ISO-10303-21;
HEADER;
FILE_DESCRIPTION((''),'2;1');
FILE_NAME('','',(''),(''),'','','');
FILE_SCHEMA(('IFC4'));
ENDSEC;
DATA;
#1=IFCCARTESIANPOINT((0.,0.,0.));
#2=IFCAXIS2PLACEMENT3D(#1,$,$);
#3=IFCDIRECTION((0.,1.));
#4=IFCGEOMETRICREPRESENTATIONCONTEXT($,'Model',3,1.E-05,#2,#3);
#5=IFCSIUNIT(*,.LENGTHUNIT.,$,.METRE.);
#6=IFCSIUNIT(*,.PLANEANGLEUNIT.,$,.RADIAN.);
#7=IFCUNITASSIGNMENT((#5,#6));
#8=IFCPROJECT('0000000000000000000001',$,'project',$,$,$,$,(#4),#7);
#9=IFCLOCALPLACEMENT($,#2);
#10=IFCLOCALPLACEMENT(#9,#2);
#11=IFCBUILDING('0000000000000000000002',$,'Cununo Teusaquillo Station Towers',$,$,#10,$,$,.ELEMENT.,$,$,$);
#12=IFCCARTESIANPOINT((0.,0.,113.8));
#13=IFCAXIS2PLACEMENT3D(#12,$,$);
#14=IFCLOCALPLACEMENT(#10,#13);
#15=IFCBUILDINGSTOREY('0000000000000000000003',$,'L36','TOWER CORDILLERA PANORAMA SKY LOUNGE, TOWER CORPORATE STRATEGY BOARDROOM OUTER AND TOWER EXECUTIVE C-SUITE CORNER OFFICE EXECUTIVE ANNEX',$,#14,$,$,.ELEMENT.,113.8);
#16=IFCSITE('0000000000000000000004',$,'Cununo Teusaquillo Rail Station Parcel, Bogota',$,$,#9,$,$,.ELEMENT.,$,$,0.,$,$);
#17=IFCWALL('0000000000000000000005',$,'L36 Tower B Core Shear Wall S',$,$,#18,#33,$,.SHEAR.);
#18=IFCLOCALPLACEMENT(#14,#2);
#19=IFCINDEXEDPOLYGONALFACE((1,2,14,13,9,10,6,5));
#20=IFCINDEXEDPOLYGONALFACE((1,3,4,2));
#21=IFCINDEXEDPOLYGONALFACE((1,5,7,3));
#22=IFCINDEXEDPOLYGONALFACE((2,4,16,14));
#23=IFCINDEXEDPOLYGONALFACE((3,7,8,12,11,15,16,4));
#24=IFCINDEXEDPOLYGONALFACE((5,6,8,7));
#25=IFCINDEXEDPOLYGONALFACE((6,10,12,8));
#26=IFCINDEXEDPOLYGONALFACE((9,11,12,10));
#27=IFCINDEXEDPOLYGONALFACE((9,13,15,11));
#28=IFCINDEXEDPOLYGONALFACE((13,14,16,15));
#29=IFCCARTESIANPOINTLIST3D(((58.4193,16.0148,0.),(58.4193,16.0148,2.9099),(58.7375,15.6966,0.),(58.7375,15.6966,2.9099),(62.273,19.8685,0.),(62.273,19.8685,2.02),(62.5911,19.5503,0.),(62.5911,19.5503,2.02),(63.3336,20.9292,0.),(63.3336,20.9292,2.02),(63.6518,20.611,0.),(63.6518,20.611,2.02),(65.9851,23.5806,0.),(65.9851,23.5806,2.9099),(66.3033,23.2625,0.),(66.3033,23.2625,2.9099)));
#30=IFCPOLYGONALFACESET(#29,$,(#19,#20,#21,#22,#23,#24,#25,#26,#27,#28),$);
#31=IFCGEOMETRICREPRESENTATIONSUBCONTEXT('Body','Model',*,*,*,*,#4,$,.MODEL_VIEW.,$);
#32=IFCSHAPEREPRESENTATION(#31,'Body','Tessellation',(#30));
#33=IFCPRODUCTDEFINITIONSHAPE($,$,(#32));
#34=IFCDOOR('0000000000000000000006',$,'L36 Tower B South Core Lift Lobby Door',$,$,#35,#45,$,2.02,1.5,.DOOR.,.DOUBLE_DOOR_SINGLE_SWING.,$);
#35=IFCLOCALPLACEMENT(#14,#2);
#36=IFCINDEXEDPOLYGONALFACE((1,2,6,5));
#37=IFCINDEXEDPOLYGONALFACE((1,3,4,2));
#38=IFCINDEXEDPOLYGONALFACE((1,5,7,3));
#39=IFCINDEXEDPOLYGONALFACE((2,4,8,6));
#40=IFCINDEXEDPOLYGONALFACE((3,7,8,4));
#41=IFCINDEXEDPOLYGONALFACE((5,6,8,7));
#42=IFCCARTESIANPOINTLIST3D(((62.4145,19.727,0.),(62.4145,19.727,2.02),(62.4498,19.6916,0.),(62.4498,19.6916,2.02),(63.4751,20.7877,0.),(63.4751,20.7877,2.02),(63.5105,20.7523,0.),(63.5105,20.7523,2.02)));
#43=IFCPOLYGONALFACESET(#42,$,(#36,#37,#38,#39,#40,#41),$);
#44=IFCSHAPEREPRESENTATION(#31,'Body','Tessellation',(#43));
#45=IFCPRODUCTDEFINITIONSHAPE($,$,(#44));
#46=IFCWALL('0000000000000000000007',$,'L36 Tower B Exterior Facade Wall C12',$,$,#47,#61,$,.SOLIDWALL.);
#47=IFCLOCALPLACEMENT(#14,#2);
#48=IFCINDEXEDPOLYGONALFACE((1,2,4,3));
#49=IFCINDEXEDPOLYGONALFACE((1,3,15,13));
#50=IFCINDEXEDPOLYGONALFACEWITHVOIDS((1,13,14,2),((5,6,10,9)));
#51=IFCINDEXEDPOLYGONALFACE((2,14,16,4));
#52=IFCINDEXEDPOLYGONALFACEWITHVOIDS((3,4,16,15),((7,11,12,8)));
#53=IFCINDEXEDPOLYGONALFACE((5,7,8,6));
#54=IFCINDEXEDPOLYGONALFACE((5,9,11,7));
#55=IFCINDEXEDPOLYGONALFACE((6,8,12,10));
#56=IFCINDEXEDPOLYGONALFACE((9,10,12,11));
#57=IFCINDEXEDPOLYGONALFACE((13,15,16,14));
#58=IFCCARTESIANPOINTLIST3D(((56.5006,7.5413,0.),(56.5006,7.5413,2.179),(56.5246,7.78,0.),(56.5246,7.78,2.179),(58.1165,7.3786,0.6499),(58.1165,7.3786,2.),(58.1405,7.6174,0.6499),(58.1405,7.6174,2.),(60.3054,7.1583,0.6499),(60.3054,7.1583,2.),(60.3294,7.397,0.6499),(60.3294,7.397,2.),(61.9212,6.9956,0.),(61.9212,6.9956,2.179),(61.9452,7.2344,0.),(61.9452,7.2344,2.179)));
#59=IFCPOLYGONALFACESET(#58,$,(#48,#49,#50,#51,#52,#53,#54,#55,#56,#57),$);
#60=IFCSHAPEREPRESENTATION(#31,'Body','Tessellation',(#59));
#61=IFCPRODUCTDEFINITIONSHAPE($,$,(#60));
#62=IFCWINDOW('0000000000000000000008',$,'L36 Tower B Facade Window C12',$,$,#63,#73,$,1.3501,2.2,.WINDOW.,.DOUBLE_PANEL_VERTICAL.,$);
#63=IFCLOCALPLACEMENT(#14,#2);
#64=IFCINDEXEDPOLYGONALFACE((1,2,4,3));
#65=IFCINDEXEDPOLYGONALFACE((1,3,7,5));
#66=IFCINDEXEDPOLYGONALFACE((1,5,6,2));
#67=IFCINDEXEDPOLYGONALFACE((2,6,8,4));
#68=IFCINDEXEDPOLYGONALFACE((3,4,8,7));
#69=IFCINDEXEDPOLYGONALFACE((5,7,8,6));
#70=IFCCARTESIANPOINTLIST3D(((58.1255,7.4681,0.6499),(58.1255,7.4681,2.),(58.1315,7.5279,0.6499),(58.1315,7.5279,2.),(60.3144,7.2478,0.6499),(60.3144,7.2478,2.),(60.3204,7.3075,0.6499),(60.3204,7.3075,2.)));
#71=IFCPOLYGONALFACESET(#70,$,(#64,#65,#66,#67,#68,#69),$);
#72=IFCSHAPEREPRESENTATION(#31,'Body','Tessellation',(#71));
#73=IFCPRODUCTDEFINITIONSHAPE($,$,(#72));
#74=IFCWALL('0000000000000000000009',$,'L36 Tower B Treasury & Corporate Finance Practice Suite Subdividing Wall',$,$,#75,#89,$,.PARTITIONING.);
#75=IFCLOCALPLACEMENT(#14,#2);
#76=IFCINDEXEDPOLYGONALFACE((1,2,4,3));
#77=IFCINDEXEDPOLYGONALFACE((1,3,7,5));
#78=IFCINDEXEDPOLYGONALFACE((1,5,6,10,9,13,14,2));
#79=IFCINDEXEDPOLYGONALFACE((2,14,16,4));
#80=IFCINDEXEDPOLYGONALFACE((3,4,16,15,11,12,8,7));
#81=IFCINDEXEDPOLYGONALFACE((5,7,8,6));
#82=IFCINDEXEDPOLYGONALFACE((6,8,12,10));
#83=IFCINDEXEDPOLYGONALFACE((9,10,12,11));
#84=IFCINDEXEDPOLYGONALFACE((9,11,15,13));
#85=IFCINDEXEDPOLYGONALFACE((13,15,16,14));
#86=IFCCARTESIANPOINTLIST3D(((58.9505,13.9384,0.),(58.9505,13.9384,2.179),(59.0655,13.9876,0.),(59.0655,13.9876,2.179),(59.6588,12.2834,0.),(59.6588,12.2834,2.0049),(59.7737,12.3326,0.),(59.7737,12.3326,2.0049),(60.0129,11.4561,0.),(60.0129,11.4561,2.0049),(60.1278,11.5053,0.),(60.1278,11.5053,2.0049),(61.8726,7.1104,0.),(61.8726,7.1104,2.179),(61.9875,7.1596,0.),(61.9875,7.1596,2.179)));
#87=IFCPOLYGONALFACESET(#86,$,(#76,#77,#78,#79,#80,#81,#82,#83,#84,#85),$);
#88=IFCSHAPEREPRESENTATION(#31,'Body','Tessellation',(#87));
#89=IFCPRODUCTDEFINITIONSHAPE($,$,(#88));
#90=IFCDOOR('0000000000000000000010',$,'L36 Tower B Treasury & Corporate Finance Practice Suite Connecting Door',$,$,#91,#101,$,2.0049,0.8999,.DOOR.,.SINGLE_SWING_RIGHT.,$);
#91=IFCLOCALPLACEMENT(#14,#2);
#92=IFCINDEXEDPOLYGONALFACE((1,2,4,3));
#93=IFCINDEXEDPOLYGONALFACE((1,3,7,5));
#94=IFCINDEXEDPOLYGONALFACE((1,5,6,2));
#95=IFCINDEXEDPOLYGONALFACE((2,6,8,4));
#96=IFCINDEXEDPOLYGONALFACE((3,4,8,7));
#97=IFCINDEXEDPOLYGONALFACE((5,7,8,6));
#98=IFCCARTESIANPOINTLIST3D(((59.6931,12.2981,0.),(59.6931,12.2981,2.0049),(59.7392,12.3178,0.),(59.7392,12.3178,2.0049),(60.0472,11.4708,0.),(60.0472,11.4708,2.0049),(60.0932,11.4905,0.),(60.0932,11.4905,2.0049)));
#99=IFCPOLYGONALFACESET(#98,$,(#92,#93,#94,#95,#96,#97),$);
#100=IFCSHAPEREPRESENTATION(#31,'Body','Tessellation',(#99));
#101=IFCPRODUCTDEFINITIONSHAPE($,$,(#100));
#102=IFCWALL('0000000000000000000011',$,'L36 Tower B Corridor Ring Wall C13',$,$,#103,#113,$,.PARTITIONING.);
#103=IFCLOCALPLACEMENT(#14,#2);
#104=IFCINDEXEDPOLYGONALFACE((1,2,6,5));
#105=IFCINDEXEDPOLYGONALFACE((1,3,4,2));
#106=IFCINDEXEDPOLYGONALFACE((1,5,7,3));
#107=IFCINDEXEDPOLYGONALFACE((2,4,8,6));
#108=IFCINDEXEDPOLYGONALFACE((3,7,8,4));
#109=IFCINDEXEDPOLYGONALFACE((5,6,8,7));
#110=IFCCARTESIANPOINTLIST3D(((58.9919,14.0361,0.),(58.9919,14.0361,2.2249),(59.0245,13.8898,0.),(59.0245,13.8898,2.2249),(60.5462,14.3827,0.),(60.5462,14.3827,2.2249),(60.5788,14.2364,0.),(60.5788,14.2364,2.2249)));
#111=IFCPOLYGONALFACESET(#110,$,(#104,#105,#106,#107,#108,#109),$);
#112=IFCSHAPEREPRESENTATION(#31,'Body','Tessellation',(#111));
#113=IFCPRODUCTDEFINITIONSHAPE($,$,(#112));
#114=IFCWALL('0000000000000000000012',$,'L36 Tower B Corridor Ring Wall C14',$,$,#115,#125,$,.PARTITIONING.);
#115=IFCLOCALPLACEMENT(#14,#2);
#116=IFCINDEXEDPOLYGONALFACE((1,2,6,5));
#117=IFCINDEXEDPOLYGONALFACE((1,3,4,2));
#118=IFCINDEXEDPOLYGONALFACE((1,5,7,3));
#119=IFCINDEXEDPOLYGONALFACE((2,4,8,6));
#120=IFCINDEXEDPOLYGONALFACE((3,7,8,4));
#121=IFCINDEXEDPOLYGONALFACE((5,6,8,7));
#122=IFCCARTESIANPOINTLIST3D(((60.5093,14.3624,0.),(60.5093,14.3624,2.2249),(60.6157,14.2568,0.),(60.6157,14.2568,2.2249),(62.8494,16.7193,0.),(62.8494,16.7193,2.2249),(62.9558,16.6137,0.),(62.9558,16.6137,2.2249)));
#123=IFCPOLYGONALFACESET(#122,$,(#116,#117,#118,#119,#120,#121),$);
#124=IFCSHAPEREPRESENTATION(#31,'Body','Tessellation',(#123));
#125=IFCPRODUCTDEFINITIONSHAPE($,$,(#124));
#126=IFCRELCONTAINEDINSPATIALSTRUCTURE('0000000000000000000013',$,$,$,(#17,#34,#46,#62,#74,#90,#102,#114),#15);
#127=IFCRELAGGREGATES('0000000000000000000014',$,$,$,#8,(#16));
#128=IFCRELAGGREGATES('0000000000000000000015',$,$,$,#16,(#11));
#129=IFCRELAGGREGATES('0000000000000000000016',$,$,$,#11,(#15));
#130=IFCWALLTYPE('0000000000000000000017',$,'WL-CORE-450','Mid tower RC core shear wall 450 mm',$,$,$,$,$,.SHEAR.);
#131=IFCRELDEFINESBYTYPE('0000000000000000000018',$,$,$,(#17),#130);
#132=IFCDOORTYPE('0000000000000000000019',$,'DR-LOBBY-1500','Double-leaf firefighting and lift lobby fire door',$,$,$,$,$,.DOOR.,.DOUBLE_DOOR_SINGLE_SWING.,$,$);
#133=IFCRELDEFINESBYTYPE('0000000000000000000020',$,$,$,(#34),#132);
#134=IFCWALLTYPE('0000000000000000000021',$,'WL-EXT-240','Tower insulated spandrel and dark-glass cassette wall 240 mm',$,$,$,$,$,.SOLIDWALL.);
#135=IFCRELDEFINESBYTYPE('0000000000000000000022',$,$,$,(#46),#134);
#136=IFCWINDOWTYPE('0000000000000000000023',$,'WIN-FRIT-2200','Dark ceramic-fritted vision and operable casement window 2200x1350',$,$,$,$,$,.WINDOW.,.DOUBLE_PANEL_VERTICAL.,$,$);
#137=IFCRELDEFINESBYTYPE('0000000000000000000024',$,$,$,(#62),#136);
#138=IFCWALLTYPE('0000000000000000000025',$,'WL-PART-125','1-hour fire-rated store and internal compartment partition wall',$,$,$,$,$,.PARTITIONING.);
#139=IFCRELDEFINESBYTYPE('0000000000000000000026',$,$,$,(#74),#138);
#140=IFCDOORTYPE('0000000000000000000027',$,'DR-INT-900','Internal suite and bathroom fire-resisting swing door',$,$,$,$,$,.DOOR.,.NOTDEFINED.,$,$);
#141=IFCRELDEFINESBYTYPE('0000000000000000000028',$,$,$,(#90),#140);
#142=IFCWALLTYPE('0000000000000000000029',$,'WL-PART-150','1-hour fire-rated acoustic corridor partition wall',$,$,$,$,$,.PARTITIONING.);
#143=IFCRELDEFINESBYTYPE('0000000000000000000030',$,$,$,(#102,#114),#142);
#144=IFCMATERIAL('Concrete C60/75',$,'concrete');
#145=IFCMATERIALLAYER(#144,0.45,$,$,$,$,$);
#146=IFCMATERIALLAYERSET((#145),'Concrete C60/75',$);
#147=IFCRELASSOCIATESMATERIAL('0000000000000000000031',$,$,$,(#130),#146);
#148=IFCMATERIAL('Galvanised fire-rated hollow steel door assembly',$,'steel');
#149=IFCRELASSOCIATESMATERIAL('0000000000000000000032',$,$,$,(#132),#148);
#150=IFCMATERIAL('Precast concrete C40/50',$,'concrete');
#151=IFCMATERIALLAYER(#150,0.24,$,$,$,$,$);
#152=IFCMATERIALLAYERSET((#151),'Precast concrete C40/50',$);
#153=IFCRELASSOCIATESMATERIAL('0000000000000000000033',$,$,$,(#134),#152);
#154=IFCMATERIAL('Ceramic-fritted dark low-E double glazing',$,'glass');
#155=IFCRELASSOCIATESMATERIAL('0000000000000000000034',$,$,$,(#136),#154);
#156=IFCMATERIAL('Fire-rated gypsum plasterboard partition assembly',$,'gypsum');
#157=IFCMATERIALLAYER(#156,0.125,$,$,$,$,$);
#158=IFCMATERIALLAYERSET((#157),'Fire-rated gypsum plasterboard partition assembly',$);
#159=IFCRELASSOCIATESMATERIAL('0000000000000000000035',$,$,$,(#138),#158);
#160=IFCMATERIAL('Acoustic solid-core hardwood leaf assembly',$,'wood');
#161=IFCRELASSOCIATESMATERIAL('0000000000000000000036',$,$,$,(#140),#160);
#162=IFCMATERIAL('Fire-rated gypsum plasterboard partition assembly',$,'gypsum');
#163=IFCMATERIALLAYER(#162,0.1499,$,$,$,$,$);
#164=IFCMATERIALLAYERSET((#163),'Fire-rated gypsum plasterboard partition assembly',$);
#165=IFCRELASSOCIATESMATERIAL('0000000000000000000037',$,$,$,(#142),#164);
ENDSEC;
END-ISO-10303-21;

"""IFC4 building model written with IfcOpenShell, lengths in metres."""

from ifc_helpers import new_model, si_unit, direction, frame, frame_2d, origin, place, context, subcontext, project, spatial, rectangle, extrude, source, transform, mapped, material, layer, layer_set, type_object, element, fill, save


model = new_model("IFC4")

# Units and contexts
model_context = context("Model", 3, precision=1e-05, world=origin(), true_north=direction((0.0, 1.0)))
body_context = subcontext(model_context, "Body", "Model", "MODEL_VIEW")
ifc_project = project(units=[si_unit("LENGTHUNIT", "METRE"), si_unit("PLANEANGLEUNIT", "RADIAN")], contexts=[model_context])

# Site, building, storey
site_placement = place(None, origin())
site = spatial("IfcSite", under=ifc_project, at=site_placement, Name="Cununo Teusaquillo Rail Station Parcel, Bogota", CompositionType="ELEMENT", RefElevation=0.0)
building_placement = place(site_placement, origin())
building = spatial("IfcBuilding", under=site, at=building_placement, Name="Cununo Teusaquillo Station Towers", CompositionType="ELEMENT")
storey_placement = place(building_placement, frame((0.0, 0.0, 113.8)))
storey = spatial("IfcBuildingStorey", under=building, at=storey_placement, Name="L36", Description="TOWER CORDILLERA PANORAMA SKY LOUNGE, TOWER CORPORATE STRATEGY BOARDROOM OUTER AND TOWER EXECUTIVE C-SUITE CORNER OFFICE EXECUTIVE ANNEX", CompositionType="ELEMENT", Elevation=113.8)

# Shared definitions
ifc_material_1 = material(Name="Concrete C60/75", Category="concrete")
ifc_layer_1 = layer(ifc_material_1, 0.45)
ifc_layer_set_1 = layer_set([ifc_layer_1], Name="Concrete C60/75")
wall_type_1 = type_object("IfcWallType", Name="WL-CORE-450", Description="Mid tower RC core shear wall 450 mm", PredefinedType="SHEAR", material=ifc_layer_set_1)

# Wall, opening, door
wall_1_placement = place(storey_placement, frame((58.5784, 15.8557, 0.0), z_axis=(0.0, 0.0, 1.0), x_axis=(0.707107, 0.707107, 0.0)))
wall_1 = element("IfcWall", 1, at=wall_1_placement, inside=storey, type_object=wall_type_1, Name="L36 Tower B Core Shear Wall S", PredefinedType="SHEAR", context=body_context, shape_type="SweptSolid", body=[
    extrude(rectangle(XDim=10.6997, YDim=0.45, at=frame_2d((5.3499, 0.0))), origin(), (0.0, 0.0, 1.0), 2.9099),
])
shared_shape_1 = source(origin(), body_context, "Body", "SweptSolid", [
    extrude(rectangle(XDim=1.5, YDim=2.02, at=frame_2d((0.75, 1.01))), frame((0.0, 0.2349, 0.0), z_axis=(0.0, -1.0, 0.0), x_axis=(1.0, 0.0, 0.0)), (0.0, 0.0, 1.0), 0.47),
])
opening_1_placement = place(wall_1_placement, frame((5.45, 0.0, 0.0)))
opening_1 = element("IfcOpeningElement", 2, at=opening_1_placement, cuts=wall_1, PredefinedType="OPENING", context=body_context, shape_type="MappedRepresentation", body=[
    mapped(shared_shape_1, transform((0.0, 0.0, 0.0), x_axis=(1.0, 0.0, 0.0), y_axis=(0.0, 1.0, 0.0), z_axis=(0.0, 0.0, 1.0), scale=1.0)),
])
ifc_material_2 = material(Name="Galvanised fire-rated hollow steel door assembly", Category="steel")
door_type_1 = type_object("IfcDoorType", Name="DR-LOBBY-1500", Description="Double-leaf firefighting and lift lobby fire door", OperationType="DOUBLE_DOOR_SINGLE_SWING", PredefinedType="DOOR", material=ifc_material_2)
shared_shape_2 = source(origin(), body_context, "Body", "SweptSolid", [
    extrude(rectangle(XDim=1.5, YDim=2.02, at=frame_2d((0.75, 1.01))), frame((0.0, 0.0249, 0.0), z_axis=(0.0, -1.0, 0.0), x_axis=(1.0, 0.0, 0.0)), (0.0, 0.0, 1.0), 0.05),
])
door_1_placement = place(opening_1_placement, origin())
door_1 = element("IfcDoor", 3, at=door_1_placement, inside=storey, type_object=door_type_1, Name="L36 Tower B South Core Lift Lobby Door", OperationType="DOUBLE_DOOR_SINGLE_SWING", OverallHeight=2.02, OverallWidth=1.5, PredefinedType="DOOR", context=body_context, shape_type="MappedRepresentation", body=[
    mapped(shared_shape_2, transform((0.0, 0.0, 0.0), x_axis=(1.0, 0.0, 0.0), y_axis=(0.0, 1.0, 0.0), z_axis=(0.0, 0.0, 1.0), scale=1.0)),
])
fill(opening_1, door_1)

# Wall, opening, window
ifc_material_3 = material(Name="Precast concrete C40/50", Category="concrete")
ifc_layer_2 = layer(ifc_material_3, 0.24)
ifc_layer_set_2 = layer_set([ifc_layer_2], Name="Precast concrete C40/50")
wall_type_2 = type_object("IfcWallType", Name="WL-EXT-240", Description="Tower insulated spandrel and dark-glass cassette wall 240 mm", PredefinedType="SOLIDWALL", material=ifc_layer_set_2)
wall_2_placement = place(storey_placement, frame((61.9333, 7.115, 0.0), z_axis=(0.0, 0.0, 1.0), x_axis=(-0.994972, 0.100156, 0.0)))
wall_2 = element("IfcWall", 4, at=wall_2_placement, inside=storey, type_object=wall_type_2, Name="L36 Tower B Exterior Facade Wall C12", PredefinedType="SOLIDWALL", context=body_context, shape_type="SweptSolid", body=[
    extrude(rectangle(XDim=5.448, YDim=0.24, at=frame_2d((2.7241, 0.0))), origin(), (0.0, 0.0, 1.0), 2.179),
])
shared_shape_3 = source(origin(), body_context, "Body", "SweptSolid", [
    extrude(rectangle(XDim=2.2, YDim=1.3501, at=frame_2d((1.1001, 0.675))), frame((0.0, 0.1299, 0.0), z_axis=(0.0, -1.0, 0.0), x_axis=(1.0, 0.0, 0.0)), (0.0, 0.0, 1.0), 0.26),
])
opening_2_placement = place(wall_2_placement, frame((1.624, 0.0, 0.6499)))
opening_2 = element("IfcOpeningElement", 5, at=opening_2_placement, cuts=wall_2, PredefinedType="OPENING", context=body_context, shape_type="MappedRepresentation", body=[
    mapped(shared_shape_3, transform((0.0, 0.0, 0.0), x_axis=(1.0, 0.0, 0.0), y_axis=(0.0, 1.0, 0.0), z_axis=(0.0, 0.0, 1.0), scale=1.0)),
])
ifc_material_4 = material(Name="Ceramic-fritted dark low-E double glazing", Category="glass")
window_type = type_object("IfcWindowType", Name="WIN-FRIT-2200", Description="Dark ceramic-fritted vision and operable casement window 2200x1350", PartitioningType="DOUBLE_PANEL_VERTICAL", PredefinedType="WINDOW", material=ifc_material_4)
shared_shape_4 = source(origin(), body_context, "Body", "SweptSolid", [
    extrude(rectangle(XDim=2.2, YDim=1.3501, at=frame_2d((1.1001, 0.675))), frame((0.0, 0.03, 0.0), z_axis=(0.0, -1.0, 0.0), x_axis=(1.0, 0.0, 0.0)), (0.0, 0.0, 1.0), 0.0601),
])
window_placement = place(opening_2_placement, origin())
window = element("IfcWindow", 6, at=window_placement, inside=storey, type_object=window_type, Name="L36 Tower B Facade Window C12", OverallHeight=1.3501, OverallWidth=2.2, PartitioningType="DOUBLE_PANEL_VERTICAL", PredefinedType="WINDOW", context=body_context, shape_type="MappedRepresentation", body=[
    mapped(shared_shape_4, transform((0.0, 0.0, 0.0), x_axis=(1.0, 0.0, 0.0), y_axis=(0.0, 1.0, 0.0), z_axis=(0.0, 0.0, 1.0), scale=1.0)),
])
fill(opening_2, window)

# Wall, opening, door
ifc_material_5 = material(Name="Fire-rated gypsum plasterboard partition assembly", Category="gypsum")
ifc_layer_3 = layer(ifc_material_5, 0.125)
ifc_layer_set_3 = layer_set([ifc_layer_3], Name="Fire-rated gypsum plasterboard partition assembly")
wall_type_3 = type_object("IfcWallType", Name="WL-PART-125", Description="1-hour fire-rated store and internal compartment partition wall", PredefinedType="PARTITIONING", material=ifc_layer_set_3)
wall_3_placement = place(storey_placement, frame((59.0081, 13.9629, 0.0), z_axis=(0.0, 0.0, 1.0), x_axis=(0.393439, -0.919351, 0.0)))
wall_3 = element("IfcWall", 7, at=wall_3_placement, inside=storey, type_object=wall_type_3, Name="L36 Tower B Treasury & Corporate Finance Practice Suite Subdividing Wall", PredefinedType="PARTITIONING", context=body_context, shape_type="SweptSolid", body=[
    extrude(rectangle(XDim=7.427, YDim=0.125, at=frame_2d((3.7134, 0.0))), origin(), (0.0, 0.0, 1.0), 2.179),
])
shared_shape_5 = source(origin(), body_context, "Body", "SweptSolid", [
    extrude(rectangle(XDim=0.8999, YDim=2.0049, at=frame_2d((0.45, 1.0024))), frame((0.0, 0.0725, 0.0), z_axis=(0.0, -1.0, 0.0), x_axis=(1.0, 0.0, 0.0)), (0.0, 0.0, 1.0), 0.145),
])
opening_3_placement = place(wall_3_placement, frame((1.8, 0.0, 0.0)))
opening_3 = element("IfcOpeningElement", 8, at=opening_3_placement, cuts=wall_3, PredefinedType="OPENING", context=body_context, shape_type="MappedRepresentation", body=[
    mapped(shared_shape_5, transform((0.0, 0.0, 0.0), x_axis=(1.0, 0.0, 0.0), y_axis=(0.0, 1.0, 0.0), z_axis=(0.0, 0.0, 1.0), scale=1.0)),
])
ifc_material_6 = material(Name="Acoustic solid-core hardwood leaf assembly", Category="wood")
door_type_2 = type_object("IfcDoorType", Name="DR-INT-900", Description="Internal suite and bathroom fire-resisting swing door", OperationType="NOTDEFINED", PredefinedType="DOOR", material=ifc_material_6)
shared_shape_6 = source(origin(), body_context, "Body", "SweptSolid", [
    extrude(rectangle(XDim=0.8999, YDim=2.0049, at=frame_2d((0.45, 1.0024))), frame((0.0, 0.0249, 0.0), z_axis=(0.0, -1.0, 0.0), x_axis=(1.0, 0.0, 0.0)), (0.0, 0.0, 1.0), 0.05),
])
door_2_placement = place(opening_3_placement, origin())
door_2 = element("IfcDoor", 9, at=door_2_placement, inside=storey, type_object=door_type_2, Name="L36 Tower B Treasury & Corporate Finance Practice Suite Connecting Door", OperationType="SINGLE_SWING_RIGHT", OverallHeight=2.0049, OverallWidth=0.8999, PredefinedType="DOOR", context=body_context, shape_type="MappedRepresentation", body=[
    mapped(shared_shape_6, transform((0.0, 0.0, 0.0), x_axis=(1.0, 0.0, 0.0), y_axis=(0.0, 1.0, 0.0), z_axis=(0.0, 0.0, 1.0), scale=1.0)),
])
fill(opening_3, door_2)

# Walls
ifc_material_7 = material(Name="Fire-rated gypsum plasterboard partition assembly", Category="gypsum")
ifc_layer_4 = layer(ifc_material_7, 0.1499)
ifc_layer_set_4 = layer_set([ifc_layer_4], Name="Fire-rated gypsum plasterboard partition assembly")
wall_type_4 = type_object("IfcWallType", Name="WL-PART-150", Description="1-hour fire-rated acoustic corridor partition wall", PredefinedType="PARTITIONING", material=ifc_layer_set_4)
wall_4_placement = place(storey_placement, frame((59.0081, 13.9629, 0.0), z_axis=(0.0, 0.0, 1.0), x_axis=(0.976021, 0.217677, 0.0)))
element("IfcWall", 10, at=wall_4_placement, inside=storey, type_object=wall_type_4, Name="L36 Tower B Corridor Ring Wall C13", PredefinedType="PARTITIONING", context=body_context, shape_type="SweptSolid", body=[
    extrude(rectangle(XDim=1.5925, YDim=0.1499, at=frame_2d((0.7964, 0.0))), origin(), (0.0, 0.0, 1.0), 2.2249),
])
wall_5_placement = place(storey_placement, frame((60.5625, 14.3096, 0.0), z_axis=(0.0, 0.0, 1.0), x_axis=(0.704566, 0.709638, 0.0)))
element("IfcWall", 11, at=wall_5_placement, inside=storey, type_object=wall_type_4, Name="L36 Tower B Corridor Ring Wall C14", PredefinedType="PARTITIONING", context=body_context, shape_type="SweptSolid", body=[
    extrude(rectangle(XDim=3.3213, YDim=0.1499, at=frame_2d((1.6606, 0.0))), origin(), (0.0, 0.0, 1.0), 2.2249),
])

save(model, "model.ifc")
